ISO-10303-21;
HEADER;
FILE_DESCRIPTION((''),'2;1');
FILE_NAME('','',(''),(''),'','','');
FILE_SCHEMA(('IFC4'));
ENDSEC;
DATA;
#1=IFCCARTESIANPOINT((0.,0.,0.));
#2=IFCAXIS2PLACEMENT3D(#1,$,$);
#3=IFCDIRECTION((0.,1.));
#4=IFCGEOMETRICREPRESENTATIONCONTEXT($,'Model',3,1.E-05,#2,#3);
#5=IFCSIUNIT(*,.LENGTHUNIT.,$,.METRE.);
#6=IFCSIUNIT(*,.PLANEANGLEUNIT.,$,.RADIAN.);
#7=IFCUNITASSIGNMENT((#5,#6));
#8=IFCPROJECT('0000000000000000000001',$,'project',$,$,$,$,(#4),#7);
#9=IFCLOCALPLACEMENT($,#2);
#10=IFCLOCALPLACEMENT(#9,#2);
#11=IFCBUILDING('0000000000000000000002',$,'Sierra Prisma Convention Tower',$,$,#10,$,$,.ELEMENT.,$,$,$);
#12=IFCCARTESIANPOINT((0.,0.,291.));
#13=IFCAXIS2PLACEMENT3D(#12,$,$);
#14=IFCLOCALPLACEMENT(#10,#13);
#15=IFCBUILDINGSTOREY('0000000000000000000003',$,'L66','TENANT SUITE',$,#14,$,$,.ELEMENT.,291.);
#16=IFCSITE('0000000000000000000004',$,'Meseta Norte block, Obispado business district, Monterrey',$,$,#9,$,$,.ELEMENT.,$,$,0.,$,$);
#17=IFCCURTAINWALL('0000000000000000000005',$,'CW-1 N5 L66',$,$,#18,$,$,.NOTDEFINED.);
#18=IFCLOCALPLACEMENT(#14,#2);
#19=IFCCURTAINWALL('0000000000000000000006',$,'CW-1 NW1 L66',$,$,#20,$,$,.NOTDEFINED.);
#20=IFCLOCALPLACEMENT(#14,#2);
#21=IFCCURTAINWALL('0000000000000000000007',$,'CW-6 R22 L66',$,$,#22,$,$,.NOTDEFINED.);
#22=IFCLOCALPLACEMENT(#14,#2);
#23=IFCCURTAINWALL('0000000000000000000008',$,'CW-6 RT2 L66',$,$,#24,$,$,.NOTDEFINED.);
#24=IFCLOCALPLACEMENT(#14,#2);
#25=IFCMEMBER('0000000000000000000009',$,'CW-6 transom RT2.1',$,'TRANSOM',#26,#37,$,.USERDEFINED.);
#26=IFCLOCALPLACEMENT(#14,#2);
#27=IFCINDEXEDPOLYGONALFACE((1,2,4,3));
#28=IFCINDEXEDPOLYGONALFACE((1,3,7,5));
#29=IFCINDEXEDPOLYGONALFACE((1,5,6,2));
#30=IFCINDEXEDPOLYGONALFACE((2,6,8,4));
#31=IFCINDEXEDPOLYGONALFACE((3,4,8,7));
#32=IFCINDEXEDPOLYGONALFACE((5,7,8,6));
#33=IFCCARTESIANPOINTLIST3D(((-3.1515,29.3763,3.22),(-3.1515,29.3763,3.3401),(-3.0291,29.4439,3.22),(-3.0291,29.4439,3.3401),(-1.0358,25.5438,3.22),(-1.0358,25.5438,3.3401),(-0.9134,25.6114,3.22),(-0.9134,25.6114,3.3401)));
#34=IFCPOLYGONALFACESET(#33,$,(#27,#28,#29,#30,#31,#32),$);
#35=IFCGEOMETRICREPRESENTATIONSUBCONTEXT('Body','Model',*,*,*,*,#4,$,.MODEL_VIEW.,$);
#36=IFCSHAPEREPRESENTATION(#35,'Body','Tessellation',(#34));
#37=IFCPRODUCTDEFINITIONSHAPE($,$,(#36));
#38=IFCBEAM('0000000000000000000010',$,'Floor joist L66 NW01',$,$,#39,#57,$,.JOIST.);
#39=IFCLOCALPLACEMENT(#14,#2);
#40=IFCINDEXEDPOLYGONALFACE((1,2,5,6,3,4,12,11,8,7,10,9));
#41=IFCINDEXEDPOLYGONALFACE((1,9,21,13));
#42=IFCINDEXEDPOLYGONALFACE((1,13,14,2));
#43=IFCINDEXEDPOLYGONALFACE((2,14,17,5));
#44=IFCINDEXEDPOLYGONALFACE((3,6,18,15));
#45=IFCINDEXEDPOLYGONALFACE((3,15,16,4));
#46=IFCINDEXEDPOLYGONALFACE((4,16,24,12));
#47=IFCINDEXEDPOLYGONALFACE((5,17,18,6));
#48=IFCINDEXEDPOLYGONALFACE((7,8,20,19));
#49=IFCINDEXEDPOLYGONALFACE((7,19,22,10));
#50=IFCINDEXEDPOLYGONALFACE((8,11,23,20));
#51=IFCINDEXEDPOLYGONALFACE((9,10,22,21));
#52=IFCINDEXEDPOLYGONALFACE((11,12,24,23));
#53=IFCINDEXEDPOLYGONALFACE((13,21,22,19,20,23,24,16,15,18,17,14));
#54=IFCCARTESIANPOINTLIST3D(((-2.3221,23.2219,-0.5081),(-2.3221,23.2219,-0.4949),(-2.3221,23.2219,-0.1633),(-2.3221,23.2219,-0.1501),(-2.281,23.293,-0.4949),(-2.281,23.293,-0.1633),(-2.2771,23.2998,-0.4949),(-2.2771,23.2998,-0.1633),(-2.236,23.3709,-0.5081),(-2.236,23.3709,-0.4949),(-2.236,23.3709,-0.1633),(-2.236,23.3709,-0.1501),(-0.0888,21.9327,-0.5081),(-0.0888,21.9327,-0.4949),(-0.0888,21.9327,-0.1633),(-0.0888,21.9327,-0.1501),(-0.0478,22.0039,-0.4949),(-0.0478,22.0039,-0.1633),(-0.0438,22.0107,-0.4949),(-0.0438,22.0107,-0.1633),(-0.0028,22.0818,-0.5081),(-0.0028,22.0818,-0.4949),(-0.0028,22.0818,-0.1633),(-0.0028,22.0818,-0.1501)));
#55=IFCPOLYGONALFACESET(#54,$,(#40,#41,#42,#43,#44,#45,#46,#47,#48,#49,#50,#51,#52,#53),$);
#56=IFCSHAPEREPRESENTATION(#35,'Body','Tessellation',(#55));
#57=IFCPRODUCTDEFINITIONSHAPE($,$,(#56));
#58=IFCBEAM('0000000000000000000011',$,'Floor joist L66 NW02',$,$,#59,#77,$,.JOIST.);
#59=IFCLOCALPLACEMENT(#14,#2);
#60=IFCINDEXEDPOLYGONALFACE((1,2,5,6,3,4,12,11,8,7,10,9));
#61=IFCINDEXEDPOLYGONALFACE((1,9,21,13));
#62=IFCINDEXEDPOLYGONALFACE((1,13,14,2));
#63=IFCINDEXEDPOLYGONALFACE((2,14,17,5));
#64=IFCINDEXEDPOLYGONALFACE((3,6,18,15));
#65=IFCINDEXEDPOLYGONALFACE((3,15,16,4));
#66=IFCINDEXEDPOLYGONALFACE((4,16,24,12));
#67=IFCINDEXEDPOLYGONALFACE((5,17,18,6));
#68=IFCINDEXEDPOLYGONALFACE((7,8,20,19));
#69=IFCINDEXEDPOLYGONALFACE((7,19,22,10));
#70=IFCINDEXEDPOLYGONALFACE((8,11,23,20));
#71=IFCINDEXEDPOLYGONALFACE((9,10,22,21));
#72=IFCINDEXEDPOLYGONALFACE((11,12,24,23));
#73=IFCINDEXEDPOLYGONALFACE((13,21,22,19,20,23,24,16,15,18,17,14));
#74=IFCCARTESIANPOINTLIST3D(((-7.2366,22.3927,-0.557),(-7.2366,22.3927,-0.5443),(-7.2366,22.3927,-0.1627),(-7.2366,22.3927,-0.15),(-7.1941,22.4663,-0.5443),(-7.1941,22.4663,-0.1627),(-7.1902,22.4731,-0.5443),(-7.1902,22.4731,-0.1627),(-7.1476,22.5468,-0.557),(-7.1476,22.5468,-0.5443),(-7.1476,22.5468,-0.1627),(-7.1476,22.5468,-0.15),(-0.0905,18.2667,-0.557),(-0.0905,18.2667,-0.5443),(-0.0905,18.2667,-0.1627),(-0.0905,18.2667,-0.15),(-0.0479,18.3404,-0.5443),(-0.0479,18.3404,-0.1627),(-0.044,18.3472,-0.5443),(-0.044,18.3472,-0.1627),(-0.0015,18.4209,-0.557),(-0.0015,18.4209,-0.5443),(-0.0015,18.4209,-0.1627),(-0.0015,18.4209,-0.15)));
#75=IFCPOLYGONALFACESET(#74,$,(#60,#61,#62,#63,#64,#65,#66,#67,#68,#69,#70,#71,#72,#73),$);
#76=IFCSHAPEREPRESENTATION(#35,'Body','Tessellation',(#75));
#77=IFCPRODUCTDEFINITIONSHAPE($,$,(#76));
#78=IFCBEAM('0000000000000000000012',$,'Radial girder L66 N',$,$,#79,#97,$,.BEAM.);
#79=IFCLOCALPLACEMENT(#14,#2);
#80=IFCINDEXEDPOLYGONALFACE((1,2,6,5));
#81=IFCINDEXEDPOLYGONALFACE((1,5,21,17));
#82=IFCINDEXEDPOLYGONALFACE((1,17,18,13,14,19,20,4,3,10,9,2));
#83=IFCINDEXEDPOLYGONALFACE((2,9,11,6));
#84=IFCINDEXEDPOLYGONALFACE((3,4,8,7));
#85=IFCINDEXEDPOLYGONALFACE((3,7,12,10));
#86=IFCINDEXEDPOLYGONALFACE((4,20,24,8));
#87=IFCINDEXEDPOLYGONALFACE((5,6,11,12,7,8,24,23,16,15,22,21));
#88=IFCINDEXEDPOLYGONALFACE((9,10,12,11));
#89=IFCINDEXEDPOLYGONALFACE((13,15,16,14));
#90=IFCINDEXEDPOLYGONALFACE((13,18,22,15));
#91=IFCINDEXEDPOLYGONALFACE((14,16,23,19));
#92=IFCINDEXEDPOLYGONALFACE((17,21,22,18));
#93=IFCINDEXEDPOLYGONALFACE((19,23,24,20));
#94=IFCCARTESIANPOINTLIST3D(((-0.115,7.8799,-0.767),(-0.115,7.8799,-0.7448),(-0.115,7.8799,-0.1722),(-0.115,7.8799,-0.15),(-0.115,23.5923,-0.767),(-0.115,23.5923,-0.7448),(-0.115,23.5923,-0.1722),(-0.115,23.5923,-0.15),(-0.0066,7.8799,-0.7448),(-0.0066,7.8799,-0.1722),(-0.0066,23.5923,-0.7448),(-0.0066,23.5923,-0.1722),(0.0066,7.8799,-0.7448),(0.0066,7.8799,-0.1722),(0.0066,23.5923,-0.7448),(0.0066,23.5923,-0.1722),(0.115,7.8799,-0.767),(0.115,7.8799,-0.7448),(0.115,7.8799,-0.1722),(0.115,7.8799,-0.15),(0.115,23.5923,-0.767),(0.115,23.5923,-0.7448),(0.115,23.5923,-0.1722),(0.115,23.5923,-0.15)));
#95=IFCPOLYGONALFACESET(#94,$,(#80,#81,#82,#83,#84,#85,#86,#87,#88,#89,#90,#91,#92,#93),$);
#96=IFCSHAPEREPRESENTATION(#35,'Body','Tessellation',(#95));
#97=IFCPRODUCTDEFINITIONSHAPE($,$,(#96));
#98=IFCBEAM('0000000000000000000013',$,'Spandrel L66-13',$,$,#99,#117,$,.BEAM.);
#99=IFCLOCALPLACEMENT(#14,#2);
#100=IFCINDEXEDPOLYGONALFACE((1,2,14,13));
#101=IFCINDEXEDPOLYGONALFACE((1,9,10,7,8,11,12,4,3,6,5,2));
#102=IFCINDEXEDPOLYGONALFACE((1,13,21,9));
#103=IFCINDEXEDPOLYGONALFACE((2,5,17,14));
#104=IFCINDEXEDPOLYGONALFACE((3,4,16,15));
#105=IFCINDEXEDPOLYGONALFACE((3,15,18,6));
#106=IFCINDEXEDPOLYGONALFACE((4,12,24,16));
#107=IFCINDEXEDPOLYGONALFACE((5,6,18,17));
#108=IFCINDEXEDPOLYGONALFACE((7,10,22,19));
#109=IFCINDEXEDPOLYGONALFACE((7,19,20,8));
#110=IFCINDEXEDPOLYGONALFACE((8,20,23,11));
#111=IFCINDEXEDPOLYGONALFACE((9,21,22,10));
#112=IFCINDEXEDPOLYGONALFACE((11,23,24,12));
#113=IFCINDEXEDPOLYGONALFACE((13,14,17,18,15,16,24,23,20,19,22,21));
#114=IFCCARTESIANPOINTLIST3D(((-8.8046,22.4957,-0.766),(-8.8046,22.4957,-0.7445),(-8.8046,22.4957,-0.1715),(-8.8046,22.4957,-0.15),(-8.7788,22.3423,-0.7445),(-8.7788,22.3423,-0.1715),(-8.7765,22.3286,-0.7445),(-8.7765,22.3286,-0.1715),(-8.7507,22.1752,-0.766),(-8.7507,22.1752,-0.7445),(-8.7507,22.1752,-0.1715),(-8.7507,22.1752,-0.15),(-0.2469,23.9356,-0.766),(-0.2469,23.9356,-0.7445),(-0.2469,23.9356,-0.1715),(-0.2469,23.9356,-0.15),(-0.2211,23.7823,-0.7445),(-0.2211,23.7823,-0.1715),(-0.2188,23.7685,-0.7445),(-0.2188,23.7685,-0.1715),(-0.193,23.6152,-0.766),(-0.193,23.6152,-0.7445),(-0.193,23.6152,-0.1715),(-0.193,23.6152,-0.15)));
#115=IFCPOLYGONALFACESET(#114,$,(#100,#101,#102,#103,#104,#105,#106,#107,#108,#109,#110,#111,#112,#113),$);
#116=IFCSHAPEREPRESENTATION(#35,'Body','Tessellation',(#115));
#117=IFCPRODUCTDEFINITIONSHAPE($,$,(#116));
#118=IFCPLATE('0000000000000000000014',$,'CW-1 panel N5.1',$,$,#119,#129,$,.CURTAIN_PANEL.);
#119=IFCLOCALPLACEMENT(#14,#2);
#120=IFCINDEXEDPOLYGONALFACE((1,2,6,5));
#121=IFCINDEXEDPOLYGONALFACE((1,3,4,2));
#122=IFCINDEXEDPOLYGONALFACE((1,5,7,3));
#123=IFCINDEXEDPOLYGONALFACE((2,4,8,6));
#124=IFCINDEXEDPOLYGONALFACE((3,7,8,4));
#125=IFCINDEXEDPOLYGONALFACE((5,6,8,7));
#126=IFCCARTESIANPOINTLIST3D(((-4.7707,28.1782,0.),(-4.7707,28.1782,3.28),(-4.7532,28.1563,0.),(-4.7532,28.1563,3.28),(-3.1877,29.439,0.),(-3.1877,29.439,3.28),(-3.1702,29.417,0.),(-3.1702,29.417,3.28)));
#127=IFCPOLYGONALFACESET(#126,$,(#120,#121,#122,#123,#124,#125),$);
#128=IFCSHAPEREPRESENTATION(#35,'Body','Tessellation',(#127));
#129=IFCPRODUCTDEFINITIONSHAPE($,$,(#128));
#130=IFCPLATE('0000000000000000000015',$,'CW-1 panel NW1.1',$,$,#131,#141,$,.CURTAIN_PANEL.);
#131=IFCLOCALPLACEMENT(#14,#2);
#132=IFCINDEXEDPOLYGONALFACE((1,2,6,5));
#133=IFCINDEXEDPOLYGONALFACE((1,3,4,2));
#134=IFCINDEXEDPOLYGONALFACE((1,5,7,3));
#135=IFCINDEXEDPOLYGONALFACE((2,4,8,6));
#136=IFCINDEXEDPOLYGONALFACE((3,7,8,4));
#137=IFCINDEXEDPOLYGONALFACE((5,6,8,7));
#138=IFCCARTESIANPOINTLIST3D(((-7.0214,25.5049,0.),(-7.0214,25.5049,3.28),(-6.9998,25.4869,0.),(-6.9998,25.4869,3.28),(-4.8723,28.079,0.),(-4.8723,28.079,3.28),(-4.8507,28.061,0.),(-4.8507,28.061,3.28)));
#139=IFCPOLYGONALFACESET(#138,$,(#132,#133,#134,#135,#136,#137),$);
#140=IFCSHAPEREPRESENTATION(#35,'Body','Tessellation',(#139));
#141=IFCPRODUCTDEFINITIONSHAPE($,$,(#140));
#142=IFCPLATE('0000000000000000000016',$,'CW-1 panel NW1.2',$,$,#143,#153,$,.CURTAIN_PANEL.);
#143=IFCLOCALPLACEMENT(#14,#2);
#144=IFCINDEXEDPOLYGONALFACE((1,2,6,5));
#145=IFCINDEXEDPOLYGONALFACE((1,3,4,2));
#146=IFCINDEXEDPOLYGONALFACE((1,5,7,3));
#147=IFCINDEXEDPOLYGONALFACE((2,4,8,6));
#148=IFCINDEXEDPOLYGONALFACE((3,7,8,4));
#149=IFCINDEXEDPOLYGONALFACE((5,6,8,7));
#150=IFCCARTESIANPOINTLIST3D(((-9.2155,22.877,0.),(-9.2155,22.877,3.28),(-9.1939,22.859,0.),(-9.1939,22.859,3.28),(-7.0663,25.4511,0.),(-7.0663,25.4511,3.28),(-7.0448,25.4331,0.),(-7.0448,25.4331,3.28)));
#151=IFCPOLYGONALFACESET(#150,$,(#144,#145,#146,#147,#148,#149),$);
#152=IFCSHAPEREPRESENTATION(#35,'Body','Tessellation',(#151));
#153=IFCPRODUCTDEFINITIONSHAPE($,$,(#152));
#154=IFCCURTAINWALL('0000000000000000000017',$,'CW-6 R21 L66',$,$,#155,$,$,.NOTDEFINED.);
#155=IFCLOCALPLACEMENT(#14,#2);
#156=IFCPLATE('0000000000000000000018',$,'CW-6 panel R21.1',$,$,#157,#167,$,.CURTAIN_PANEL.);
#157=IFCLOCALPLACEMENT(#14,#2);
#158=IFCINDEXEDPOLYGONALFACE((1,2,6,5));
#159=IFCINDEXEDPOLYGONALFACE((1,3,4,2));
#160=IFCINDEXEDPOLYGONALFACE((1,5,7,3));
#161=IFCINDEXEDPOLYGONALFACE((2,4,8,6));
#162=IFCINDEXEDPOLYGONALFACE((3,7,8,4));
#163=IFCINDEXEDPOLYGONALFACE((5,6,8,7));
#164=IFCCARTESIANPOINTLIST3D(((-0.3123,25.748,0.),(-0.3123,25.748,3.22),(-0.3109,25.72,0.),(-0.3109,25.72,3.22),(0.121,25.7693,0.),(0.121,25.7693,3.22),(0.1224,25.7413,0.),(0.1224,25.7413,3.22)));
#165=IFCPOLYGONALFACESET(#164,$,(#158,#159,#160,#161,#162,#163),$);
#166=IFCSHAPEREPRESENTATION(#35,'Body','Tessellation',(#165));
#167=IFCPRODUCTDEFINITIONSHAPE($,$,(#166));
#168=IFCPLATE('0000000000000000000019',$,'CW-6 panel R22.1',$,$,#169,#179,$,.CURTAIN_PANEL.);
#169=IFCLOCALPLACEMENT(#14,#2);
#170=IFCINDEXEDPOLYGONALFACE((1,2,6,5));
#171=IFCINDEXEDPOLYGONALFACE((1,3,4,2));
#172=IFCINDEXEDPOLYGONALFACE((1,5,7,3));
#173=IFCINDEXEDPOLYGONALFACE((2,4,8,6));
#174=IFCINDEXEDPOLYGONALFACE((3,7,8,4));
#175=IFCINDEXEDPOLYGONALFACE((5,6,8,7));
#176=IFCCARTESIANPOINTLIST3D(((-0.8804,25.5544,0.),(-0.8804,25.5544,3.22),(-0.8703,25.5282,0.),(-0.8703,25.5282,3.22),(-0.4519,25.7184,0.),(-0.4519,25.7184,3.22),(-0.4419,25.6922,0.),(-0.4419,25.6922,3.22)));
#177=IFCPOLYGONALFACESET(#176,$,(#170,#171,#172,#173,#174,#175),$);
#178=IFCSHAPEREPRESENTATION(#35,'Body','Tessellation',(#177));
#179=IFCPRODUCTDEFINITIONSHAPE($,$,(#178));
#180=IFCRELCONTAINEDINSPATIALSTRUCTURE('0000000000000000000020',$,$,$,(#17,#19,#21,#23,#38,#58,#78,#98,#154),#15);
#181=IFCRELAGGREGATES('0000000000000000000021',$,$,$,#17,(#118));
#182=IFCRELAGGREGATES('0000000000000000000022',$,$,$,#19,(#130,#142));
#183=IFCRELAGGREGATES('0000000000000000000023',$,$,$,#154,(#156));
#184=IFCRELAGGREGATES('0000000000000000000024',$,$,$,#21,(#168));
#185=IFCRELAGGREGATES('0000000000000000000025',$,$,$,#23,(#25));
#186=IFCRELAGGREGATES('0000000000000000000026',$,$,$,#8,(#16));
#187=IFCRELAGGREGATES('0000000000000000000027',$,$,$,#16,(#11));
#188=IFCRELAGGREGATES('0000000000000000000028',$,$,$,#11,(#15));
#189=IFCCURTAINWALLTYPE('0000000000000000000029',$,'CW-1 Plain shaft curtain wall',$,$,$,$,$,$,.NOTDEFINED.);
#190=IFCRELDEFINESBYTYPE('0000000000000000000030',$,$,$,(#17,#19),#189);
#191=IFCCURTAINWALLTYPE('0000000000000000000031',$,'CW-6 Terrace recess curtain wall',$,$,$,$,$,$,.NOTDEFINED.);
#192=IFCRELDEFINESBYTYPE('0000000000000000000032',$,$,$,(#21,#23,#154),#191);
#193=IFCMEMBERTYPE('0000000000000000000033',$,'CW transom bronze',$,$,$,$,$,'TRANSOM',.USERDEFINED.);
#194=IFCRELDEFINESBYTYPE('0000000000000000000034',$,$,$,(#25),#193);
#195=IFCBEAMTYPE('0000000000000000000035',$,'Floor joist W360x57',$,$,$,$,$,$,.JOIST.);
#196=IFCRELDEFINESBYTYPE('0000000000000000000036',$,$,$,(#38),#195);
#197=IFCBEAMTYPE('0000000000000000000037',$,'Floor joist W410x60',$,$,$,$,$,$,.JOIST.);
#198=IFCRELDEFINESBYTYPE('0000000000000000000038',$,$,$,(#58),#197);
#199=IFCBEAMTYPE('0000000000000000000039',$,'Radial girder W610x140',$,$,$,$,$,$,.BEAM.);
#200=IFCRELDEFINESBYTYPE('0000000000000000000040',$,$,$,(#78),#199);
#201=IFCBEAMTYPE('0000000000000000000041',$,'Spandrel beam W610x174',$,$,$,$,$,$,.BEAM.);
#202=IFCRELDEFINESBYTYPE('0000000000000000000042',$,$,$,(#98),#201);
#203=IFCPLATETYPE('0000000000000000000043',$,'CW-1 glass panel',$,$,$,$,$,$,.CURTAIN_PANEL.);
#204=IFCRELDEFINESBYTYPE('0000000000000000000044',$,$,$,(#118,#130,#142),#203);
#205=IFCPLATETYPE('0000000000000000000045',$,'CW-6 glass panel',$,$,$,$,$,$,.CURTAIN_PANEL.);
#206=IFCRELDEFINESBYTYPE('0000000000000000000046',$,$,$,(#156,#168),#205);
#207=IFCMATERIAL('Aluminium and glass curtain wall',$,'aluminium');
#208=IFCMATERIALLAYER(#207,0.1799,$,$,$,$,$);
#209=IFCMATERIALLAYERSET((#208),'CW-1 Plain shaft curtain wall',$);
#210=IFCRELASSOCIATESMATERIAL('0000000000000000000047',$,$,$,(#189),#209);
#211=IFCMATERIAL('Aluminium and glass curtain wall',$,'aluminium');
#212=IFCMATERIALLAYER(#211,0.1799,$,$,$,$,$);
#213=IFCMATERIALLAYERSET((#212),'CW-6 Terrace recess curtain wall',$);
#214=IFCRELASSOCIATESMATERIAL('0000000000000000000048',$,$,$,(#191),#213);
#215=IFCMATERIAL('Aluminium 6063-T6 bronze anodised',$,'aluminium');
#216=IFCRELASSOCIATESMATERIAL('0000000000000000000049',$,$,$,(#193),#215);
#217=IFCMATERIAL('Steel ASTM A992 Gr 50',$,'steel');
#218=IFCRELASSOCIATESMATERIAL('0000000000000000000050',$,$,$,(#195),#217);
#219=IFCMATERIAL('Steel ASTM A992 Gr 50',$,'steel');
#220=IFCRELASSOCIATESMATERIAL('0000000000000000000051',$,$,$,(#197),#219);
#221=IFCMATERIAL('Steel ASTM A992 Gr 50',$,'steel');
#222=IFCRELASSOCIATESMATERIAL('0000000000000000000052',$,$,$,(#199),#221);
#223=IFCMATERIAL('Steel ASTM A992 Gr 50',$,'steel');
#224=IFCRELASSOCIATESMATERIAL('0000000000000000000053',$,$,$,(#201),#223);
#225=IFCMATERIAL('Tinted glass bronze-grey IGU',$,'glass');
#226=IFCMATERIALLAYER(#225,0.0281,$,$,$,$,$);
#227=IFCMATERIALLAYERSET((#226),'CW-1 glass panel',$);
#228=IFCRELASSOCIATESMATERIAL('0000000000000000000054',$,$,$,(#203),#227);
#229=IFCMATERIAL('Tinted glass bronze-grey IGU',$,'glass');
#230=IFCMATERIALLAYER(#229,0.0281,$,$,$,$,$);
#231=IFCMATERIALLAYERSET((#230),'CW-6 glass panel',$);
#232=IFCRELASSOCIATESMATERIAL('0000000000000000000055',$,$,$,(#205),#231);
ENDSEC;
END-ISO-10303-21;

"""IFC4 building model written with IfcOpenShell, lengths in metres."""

from ifc_helpers import new_model, si_unit, direction, frame, origin, origin_2d, place, context, subcontext, project, spatial, rectangle, i_section, extrude, material, layer, layer_set, material_profile, profile_set, type_object, element, aggregate, save


model = new_model("IFC4")

# Units and contexts
model_context = context("Model", 3, precision=1e-05, world=origin(), true_north=direction((0.0, 1.0)))
body_context = subcontext(model_context, "Body", "Model", "MODEL_VIEW")
ifc_project = project(units=[si_unit("LENGTHUNIT", "METRE"), si_unit("PLANEANGLEUNIT", "RADIAN")], contexts=[model_context])

# Site, building, storey
site_placement = place(None, origin())
site = spatial("IfcSite", under=ifc_project, at=site_placement, Name="Meseta Norte block, Obispado business district, Monterrey", CompositionType="ELEMENT", RefElevation=0.0)
building_placement = place(site_placement, origin())
building = spatial("IfcBuilding", under=site, at=building_placement, Name="Sierra Prisma Convention Tower", CompositionType="ELEMENT")
storey_placement = place(building_placement, frame((0.0, 0.0, 291.0)))
storey = spatial("IfcBuildingStorey", under=building, at=storey_placement, Name="L66", Description="TENANT SUITE", CompositionType="ELEMENT", Elevation=291.0)

# Curtain wall
ifc_material_1 = material(Name="Aluminium and glass curtain wall", Category="aluminium")
ifc_layer_1 = layer(ifc_material_1, 0.1799)
ifc_layer_set_1 = layer_set([ifc_layer_1], Name="CW-1 Plain shaft curtain wall")
curtain_wall_type_1 = type_object("IfcCurtainWallType", Name="CW-1 Plain shaft curtain wall", PredefinedType="NOTDEFINED", material=ifc_layer_set_1)
curtain_wall_1_placement = place(storey_placement, origin())
curtain_wall_1 = element("IfcCurtainWall", 1, at=curtain_wall_1_placement, inside=storey, type_object=curtain_wall_type_1, Name="CW-1 N5 L66", PredefinedType="NOTDEFINED")

# Curtain wall
curtain_wall_2_placement = place(storey_placement, origin())
curtain_wall_2 = element("IfcCurtainWall", 2, at=curtain_wall_2_placement, inside=storey, type_object=curtain_wall_type_1, Name="CW-1 NW1 L66", PredefinedType="NOTDEFINED")

# Curtain wall
ifc_material_2 = material(Name="Aluminium and glass curtain wall", Category="aluminium")
ifc_layer_2 = layer(ifc_material_2, 0.1799)
ifc_layer_set_2 = layer_set([ifc_layer_2], Name="CW-6 Terrace recess curtain wall")
curtain_wall_type_2 = type_object("IfcCurtainWallType", Name="CW-6 Terrace recess curtain wall", PredefinedType="NOTDEFINED", material=ifc_layer_set_2)
curtain_wall_3_placement = place(storey_placement, origin())
curtain_wall_3 = element("IfcCurtainWall", 3, at=curtain_wall_3_placement, inside=storey, type_object=curtain_wall_type_2, Name="CW-6 R22 L66", PredefinedType="NOTDEFINED")

# Curtain wall
curtain_wall_4_placement = place(storey_placement, origin())
curtain_wall_4 = element("IfcCurtainWall", 4, at=curtain_wall_4_placement, inside=storey, type_object=curtain_wall_type_2, Name="CW-6 RT2 L66", PredefinedType="NOTDEFINED")

# Member
ifc_material_3 = material(Name="Aluminium 6063-T6 bronze anodised", Category="aluminium")
ifc_material_profile_1 = material_profile(ifc_material_3, rectangle(XDim=0.1399, YDim=0.1201, at=origin_2d()), Name="ALU TRANSOM 120x140")
ifc_profile_set_1 = profile_set([ifc_material_profile_1], Name="Aluminium 6063-T6 bronze anodised")
member_type_1 = type_object("IfcMemberType", Name="CW transom bronze", ElementType="TRANSOM", PredefinedType="USERDEFINED", material=ifc_profile_set_1)
member_1_placement = place(storey_placement, frame((-0.9746, 25.5776, 3.28), z_axis=(-0.483293, 0.875459, 0.0), x_axis=(-0.875459, -0.483293, 0.0)))
member_1 = element("IfcMember", 5, at=member_1_placement, type_object=member_type_1, Name="CW-6 transom RT2.1", ObjectType="TRANSOM", PredefinedType="USERDEFINED", context=body_context, shape_type="SweptSolid", body=[
    extrude(rectangle(XDim=0.1399, YDim=0.1201, at=origin_2d()), origin(), (0.0, 0.0, 1.0), 4.3777),
])

# Beams
ifc_material_4 = material(Name="Steel ASTM A992 Gr 50", Category="steel")
ifc_material_profile_2 = material_profile(ifc_material_4, i_section(OverallWidth=0.1721, OverallDepth=0.3579, WebThickness=0.0078, FlangeThickness=0.0132, at=origin_2d()), Name="W360x57")
ifc_profile_set_2 = profile_set([ifc_material_profile_2], Name="Steel ASTM A992 Gr 50")
beam_type_1 = type_object("IfcBeamType", Name="Floor joist W360x57", PredefinedType="JOIST", material=ifc_profile_set_2)
beam_1_placement = place(storey_placement, frame((-2.2791, 23.2964, -0.3291), z_axis=(0.866067, -0.499927, 0.0), x_axis=(0.499927, 0.866067, 0.0)))
element("IfcBeam", 6, at=beam_1_placement, inside=storey, type_object=beam_type_1, Name="Floor joist L66 NW01", PredefinedType="JOIST", context=body_context, shape_type="SweptSolid", body=[
    extrude(i_section(OverallWidth=0.1721, OverallDepth=0.3579, WebThickness=0.0078, FlangeThickness=0.0132, at=origin_2d()), origin(), (0.0, 0.0, 1.0), 2.5786),
])
ifc_material_5 = material(Name="Steel ASTM A992 Gr 50", Category="steel")
ifc_material_profile_3 = material_profile(ifc_material_5, i_section(OverallWidth=0.178, OverallDepth=0.407, WebThickness=0.0078, FlangeThickness=0.0127, at=origin_2d()), Name="W410x60")
ifc_profile_set_3 = profile_set([ifc_material_profile_3], Name="Steel ASTM A992 Gr 50")
beam_type_2 = type_object("IfcBeamType", Name="Floor joist W410x60", PredefinedType="JOIST", material=ifc_profile_set_3)
beam_2_placement = place(storey_placement, frame((-7.1921, 22.4697, -0.3535), z_axis=(0.866021, -0.500008, 0.0), x_axis=(0.500008, 0.866021, 0.0)))
element("IfcBeam", 7, at=beam_2_placement, inside=storey, type_object=beam_type_2, Name="Floor joist L66 NW02", PredefinedType="JOIST", context=body_context, shape_type="SweptSolid", body=[
    extrude(i_section(OverallWidth=0.178, OverallDepth=0.407, WebThickness=0.0078, FlangeThickness=0.0127, at=origin_2d()), origin(), (0.0, 0.0, 1.0), 8.2517),
])
ifc_material_6 = material(Name="Steel ASTM A992 Gr 50", Category="steel")
ifc_material_profile_4 = material_profile(ifc_material_6, i_section(OverallWidth=0.23, OverallDepth=0.6169, WebThickness=0.0132, FlangeThickness=0.0222, at=origin_2d()), Name="W610x140")
ifc_profile_set_4 = profile_set([ifc_material_profile_4], Name="Steel ASTM A992 Gr 50")
beam_type_3 = type_object("IfcBeamType", Name="Radial girder W610x140", PredefinedType="BEAM", material=ifc_profile_set_4)
beam_3_placement = place(storey_placement, frame((0.0, 23.5923, -0.4585), z_axis=(0.0, -1.0, 0.0), x_axis=(1.0, 0.0, 0.0)))
element("IfcBeam", 8, at=beam_3_placement, inside=storey, type_object=beam_type_3, Name="Radial girder L66 N", PredefinedType="BEAM", context=body_context, shape_type="SweptSolid", body=[
    extrude(i_section(OverallWidth=0.23, OverallDepth=0.6169, WebThickness=0.0132, FlangeThickness=0.0222, at=origin_2d()), origin(), (0.0, 0.0, 1.0), 15.7124),
])
ifc_material_7 = material(Name="Steel ASTM A992 Gr 50", Category="steel")
ifc_material_profile_5 = material_profile(ifc_material_7, i_section(OverallWidth=0.325, OverallDepth=0.616, WebThickness=0.0139, FlangeThickness=0.0215, at=origin_2d()), Name="W610x174")
ifc_profile_set_5 = profile_set([ifc_material_profile_5], Name="Steel ASTM A992 Gr 50")
beam_type_4 = type_object("IfcBeamType", Name="Spandrel beam W610x174", PredefinedType="BEAM", material=ifc_profile_set_5)
beam_4_placement = place(storey_placement, frame((-0.22, 23.7754, -0.458), z_axis=(-0.986137, -0.165932, 0.0), x_axis=(0.165932, -0.986137, 0.0)))
element("IfcBeam", 9, at=beam_4_placement, inside=storey, type_object=beam_type_4, Name="Spandrel L66-13", PredefinedType="BEAM", context=body_context, shape_type="SweptSolid", body=[
    extrude(i_section(OverallWidth=0.325, OverallDepth=0.616, WebThickness=0.0139, FlangeThickness=0.0215, at=origin_2d()), origin(), (0.0, 0.0, 1.0), 8.678),
])

# Plates
ifc_material_8 = material(Name="Tinted glass bronze-grey IGU", Category="glass")
ifc_layer_3 = layer(ifc_material_8, 0.0281)
ifc_layer_set_3 = layer_set([ifc_layer_3], Name="CW-1 glass panel")
plate_type_1 = type_object("IfcPlateType", Name="CW-1 glass panel", PredefinedType="CURTAIN_PANEL", material=ifc_layer_set_3)
plate_1_placement = place(storey_placement, frame((-3.9705, 28.7976, 0.0), z_axis=(0.0, 0.0, 1.0), x_axis=(-0.782222, -0.622999, 0.0)))
plate_1 = element("IfcPlate", 10, at=plate_1_placement, type_object=plate_type_1, Name="CW-1 panel N5.1", PredefinedType="CURTAIN_PANEL", context=body_context, shape_type="SweptSolid", body=[
    extrude(rectangle(XDim=2.0237, YDim=0.0281, at=origin_2d()), origin(), (0.0, 0.0, 1.0), 3.28),
])
aggregate(curtain_wall_1, [plate_1])
plate_2_placement = place(storey_placement, frame((-5.936, 26.783, 0.0), z_axis=(0.0, 0.0, 1.0), x_axis=(-0.640898, -0.767626, 0.0)))
plate_2 = element("IfcPlate", 11, at=plate_2_placement, type_object=plate_type_1, Name="CW-1 panel NW1.1", PredefinedType="CURTAIN_PANEL", context=body_context, shape_type="SweptSolid", body=[
    extrude(rectangle(XDim=3.3533, YDim=0.0281, at=origin_2d()), origin(), (0.0, 0.0, 1.0), 3.28),
])
plate_3_placement = place(storey_placement, frame((-8.1301, 24.155, 0.0), z_axis=(0.0, 0.0, 1.0), x_axis=(-0.640898, -0.767626, 0.0)))
plate_3 = element("IfcPlate", 12, at=plate_3_placement, type_object=plate_type_1, Name="CW-1 panel NW1.2", PredefinedType="CURTAIN_PANEL", context=body_context, shape_type="SweptSolid", body=[
    extrude(rectangle(XDim=3.3533, YDim=0.0281, at=origin_2d()), origin(), (0.0, 0.0, 1.0), 3.28),
])
aggregate(curtain_wall_2, [plate_2, plate_3])

# Curtain wall, plate
curtain_wall_5_placement = place(storey_placement, origin())
curtain_wall_5 = element("IfcCurtainWall", 13, at=curtain_wall_5_placement, inside=storey, type_object=curtain_wall_type_2, Name="CW-6 R21 L66", PredefinedType="NOTDEFINED")
ifc_material_9 = material(Name="Tinted glass bronze-grey IGU", Category="glass")
ifc_layer_4 = layer(ifc_material_9, 0.0281)
ifc_layer_set_4 = layer_set([ifc_layer_4], Name="CW-6 glass panel")
plate_type_2 = type_object("IfcPlateType", Name="CW-6 glass panel", PredefinedType="CURTAIN_PANEL", material=ifc_layer_set_4)
plate_4_placement = place(storey_placement, frame((-0.095, 25.7446, 0.0), z_axis=(0.0, 0.0, 1.0), x_axis=(-0.998795, -0.049068, 0.0)))
plate_4 = element("IfcPlate", 14, at=plate_4_placement, type_object=plate_type_2, Name="CW-6 panel R21.1", PredefinedType="CURTAIN_PANEL", context=body_context, shape_type="SweptSolid", body=[
    extrude(rectangle(XDim=0.4338, YDim=0.0281, at=origin_2d()), origin(), (0.0, 0.0, 1.0), 3.22),
])
aggregate(curtain_wall_5, [plate_4])

# Plate
plate_5_placement = place(storey_placement, frame((-0.6611, 25.6233, 0.0), z_axis=(0.0, 0.0, 1.0), x_axis=(-0.933897, -0.357543, 0.0)))
plate_5 = element("IfcPlate", 15, at=plate_5_placement, type_object=plate_type_2, Name="CW-6 panel R22.1", PredefinedType="CURTAIN_PANEL", context=body_context, shape_type="SweptSolid", body=[
    extrude(rectangle(XDim=0.4587, YDim=0.0281, at=origin_2d()), origin(), (0.0, 0.0, 1.0), 3.22),
])
aggregate(curtain_wall_3, [plate_5])
aggregate(curtain_wall_4, [member_1])

save(model, "model.ifc")
